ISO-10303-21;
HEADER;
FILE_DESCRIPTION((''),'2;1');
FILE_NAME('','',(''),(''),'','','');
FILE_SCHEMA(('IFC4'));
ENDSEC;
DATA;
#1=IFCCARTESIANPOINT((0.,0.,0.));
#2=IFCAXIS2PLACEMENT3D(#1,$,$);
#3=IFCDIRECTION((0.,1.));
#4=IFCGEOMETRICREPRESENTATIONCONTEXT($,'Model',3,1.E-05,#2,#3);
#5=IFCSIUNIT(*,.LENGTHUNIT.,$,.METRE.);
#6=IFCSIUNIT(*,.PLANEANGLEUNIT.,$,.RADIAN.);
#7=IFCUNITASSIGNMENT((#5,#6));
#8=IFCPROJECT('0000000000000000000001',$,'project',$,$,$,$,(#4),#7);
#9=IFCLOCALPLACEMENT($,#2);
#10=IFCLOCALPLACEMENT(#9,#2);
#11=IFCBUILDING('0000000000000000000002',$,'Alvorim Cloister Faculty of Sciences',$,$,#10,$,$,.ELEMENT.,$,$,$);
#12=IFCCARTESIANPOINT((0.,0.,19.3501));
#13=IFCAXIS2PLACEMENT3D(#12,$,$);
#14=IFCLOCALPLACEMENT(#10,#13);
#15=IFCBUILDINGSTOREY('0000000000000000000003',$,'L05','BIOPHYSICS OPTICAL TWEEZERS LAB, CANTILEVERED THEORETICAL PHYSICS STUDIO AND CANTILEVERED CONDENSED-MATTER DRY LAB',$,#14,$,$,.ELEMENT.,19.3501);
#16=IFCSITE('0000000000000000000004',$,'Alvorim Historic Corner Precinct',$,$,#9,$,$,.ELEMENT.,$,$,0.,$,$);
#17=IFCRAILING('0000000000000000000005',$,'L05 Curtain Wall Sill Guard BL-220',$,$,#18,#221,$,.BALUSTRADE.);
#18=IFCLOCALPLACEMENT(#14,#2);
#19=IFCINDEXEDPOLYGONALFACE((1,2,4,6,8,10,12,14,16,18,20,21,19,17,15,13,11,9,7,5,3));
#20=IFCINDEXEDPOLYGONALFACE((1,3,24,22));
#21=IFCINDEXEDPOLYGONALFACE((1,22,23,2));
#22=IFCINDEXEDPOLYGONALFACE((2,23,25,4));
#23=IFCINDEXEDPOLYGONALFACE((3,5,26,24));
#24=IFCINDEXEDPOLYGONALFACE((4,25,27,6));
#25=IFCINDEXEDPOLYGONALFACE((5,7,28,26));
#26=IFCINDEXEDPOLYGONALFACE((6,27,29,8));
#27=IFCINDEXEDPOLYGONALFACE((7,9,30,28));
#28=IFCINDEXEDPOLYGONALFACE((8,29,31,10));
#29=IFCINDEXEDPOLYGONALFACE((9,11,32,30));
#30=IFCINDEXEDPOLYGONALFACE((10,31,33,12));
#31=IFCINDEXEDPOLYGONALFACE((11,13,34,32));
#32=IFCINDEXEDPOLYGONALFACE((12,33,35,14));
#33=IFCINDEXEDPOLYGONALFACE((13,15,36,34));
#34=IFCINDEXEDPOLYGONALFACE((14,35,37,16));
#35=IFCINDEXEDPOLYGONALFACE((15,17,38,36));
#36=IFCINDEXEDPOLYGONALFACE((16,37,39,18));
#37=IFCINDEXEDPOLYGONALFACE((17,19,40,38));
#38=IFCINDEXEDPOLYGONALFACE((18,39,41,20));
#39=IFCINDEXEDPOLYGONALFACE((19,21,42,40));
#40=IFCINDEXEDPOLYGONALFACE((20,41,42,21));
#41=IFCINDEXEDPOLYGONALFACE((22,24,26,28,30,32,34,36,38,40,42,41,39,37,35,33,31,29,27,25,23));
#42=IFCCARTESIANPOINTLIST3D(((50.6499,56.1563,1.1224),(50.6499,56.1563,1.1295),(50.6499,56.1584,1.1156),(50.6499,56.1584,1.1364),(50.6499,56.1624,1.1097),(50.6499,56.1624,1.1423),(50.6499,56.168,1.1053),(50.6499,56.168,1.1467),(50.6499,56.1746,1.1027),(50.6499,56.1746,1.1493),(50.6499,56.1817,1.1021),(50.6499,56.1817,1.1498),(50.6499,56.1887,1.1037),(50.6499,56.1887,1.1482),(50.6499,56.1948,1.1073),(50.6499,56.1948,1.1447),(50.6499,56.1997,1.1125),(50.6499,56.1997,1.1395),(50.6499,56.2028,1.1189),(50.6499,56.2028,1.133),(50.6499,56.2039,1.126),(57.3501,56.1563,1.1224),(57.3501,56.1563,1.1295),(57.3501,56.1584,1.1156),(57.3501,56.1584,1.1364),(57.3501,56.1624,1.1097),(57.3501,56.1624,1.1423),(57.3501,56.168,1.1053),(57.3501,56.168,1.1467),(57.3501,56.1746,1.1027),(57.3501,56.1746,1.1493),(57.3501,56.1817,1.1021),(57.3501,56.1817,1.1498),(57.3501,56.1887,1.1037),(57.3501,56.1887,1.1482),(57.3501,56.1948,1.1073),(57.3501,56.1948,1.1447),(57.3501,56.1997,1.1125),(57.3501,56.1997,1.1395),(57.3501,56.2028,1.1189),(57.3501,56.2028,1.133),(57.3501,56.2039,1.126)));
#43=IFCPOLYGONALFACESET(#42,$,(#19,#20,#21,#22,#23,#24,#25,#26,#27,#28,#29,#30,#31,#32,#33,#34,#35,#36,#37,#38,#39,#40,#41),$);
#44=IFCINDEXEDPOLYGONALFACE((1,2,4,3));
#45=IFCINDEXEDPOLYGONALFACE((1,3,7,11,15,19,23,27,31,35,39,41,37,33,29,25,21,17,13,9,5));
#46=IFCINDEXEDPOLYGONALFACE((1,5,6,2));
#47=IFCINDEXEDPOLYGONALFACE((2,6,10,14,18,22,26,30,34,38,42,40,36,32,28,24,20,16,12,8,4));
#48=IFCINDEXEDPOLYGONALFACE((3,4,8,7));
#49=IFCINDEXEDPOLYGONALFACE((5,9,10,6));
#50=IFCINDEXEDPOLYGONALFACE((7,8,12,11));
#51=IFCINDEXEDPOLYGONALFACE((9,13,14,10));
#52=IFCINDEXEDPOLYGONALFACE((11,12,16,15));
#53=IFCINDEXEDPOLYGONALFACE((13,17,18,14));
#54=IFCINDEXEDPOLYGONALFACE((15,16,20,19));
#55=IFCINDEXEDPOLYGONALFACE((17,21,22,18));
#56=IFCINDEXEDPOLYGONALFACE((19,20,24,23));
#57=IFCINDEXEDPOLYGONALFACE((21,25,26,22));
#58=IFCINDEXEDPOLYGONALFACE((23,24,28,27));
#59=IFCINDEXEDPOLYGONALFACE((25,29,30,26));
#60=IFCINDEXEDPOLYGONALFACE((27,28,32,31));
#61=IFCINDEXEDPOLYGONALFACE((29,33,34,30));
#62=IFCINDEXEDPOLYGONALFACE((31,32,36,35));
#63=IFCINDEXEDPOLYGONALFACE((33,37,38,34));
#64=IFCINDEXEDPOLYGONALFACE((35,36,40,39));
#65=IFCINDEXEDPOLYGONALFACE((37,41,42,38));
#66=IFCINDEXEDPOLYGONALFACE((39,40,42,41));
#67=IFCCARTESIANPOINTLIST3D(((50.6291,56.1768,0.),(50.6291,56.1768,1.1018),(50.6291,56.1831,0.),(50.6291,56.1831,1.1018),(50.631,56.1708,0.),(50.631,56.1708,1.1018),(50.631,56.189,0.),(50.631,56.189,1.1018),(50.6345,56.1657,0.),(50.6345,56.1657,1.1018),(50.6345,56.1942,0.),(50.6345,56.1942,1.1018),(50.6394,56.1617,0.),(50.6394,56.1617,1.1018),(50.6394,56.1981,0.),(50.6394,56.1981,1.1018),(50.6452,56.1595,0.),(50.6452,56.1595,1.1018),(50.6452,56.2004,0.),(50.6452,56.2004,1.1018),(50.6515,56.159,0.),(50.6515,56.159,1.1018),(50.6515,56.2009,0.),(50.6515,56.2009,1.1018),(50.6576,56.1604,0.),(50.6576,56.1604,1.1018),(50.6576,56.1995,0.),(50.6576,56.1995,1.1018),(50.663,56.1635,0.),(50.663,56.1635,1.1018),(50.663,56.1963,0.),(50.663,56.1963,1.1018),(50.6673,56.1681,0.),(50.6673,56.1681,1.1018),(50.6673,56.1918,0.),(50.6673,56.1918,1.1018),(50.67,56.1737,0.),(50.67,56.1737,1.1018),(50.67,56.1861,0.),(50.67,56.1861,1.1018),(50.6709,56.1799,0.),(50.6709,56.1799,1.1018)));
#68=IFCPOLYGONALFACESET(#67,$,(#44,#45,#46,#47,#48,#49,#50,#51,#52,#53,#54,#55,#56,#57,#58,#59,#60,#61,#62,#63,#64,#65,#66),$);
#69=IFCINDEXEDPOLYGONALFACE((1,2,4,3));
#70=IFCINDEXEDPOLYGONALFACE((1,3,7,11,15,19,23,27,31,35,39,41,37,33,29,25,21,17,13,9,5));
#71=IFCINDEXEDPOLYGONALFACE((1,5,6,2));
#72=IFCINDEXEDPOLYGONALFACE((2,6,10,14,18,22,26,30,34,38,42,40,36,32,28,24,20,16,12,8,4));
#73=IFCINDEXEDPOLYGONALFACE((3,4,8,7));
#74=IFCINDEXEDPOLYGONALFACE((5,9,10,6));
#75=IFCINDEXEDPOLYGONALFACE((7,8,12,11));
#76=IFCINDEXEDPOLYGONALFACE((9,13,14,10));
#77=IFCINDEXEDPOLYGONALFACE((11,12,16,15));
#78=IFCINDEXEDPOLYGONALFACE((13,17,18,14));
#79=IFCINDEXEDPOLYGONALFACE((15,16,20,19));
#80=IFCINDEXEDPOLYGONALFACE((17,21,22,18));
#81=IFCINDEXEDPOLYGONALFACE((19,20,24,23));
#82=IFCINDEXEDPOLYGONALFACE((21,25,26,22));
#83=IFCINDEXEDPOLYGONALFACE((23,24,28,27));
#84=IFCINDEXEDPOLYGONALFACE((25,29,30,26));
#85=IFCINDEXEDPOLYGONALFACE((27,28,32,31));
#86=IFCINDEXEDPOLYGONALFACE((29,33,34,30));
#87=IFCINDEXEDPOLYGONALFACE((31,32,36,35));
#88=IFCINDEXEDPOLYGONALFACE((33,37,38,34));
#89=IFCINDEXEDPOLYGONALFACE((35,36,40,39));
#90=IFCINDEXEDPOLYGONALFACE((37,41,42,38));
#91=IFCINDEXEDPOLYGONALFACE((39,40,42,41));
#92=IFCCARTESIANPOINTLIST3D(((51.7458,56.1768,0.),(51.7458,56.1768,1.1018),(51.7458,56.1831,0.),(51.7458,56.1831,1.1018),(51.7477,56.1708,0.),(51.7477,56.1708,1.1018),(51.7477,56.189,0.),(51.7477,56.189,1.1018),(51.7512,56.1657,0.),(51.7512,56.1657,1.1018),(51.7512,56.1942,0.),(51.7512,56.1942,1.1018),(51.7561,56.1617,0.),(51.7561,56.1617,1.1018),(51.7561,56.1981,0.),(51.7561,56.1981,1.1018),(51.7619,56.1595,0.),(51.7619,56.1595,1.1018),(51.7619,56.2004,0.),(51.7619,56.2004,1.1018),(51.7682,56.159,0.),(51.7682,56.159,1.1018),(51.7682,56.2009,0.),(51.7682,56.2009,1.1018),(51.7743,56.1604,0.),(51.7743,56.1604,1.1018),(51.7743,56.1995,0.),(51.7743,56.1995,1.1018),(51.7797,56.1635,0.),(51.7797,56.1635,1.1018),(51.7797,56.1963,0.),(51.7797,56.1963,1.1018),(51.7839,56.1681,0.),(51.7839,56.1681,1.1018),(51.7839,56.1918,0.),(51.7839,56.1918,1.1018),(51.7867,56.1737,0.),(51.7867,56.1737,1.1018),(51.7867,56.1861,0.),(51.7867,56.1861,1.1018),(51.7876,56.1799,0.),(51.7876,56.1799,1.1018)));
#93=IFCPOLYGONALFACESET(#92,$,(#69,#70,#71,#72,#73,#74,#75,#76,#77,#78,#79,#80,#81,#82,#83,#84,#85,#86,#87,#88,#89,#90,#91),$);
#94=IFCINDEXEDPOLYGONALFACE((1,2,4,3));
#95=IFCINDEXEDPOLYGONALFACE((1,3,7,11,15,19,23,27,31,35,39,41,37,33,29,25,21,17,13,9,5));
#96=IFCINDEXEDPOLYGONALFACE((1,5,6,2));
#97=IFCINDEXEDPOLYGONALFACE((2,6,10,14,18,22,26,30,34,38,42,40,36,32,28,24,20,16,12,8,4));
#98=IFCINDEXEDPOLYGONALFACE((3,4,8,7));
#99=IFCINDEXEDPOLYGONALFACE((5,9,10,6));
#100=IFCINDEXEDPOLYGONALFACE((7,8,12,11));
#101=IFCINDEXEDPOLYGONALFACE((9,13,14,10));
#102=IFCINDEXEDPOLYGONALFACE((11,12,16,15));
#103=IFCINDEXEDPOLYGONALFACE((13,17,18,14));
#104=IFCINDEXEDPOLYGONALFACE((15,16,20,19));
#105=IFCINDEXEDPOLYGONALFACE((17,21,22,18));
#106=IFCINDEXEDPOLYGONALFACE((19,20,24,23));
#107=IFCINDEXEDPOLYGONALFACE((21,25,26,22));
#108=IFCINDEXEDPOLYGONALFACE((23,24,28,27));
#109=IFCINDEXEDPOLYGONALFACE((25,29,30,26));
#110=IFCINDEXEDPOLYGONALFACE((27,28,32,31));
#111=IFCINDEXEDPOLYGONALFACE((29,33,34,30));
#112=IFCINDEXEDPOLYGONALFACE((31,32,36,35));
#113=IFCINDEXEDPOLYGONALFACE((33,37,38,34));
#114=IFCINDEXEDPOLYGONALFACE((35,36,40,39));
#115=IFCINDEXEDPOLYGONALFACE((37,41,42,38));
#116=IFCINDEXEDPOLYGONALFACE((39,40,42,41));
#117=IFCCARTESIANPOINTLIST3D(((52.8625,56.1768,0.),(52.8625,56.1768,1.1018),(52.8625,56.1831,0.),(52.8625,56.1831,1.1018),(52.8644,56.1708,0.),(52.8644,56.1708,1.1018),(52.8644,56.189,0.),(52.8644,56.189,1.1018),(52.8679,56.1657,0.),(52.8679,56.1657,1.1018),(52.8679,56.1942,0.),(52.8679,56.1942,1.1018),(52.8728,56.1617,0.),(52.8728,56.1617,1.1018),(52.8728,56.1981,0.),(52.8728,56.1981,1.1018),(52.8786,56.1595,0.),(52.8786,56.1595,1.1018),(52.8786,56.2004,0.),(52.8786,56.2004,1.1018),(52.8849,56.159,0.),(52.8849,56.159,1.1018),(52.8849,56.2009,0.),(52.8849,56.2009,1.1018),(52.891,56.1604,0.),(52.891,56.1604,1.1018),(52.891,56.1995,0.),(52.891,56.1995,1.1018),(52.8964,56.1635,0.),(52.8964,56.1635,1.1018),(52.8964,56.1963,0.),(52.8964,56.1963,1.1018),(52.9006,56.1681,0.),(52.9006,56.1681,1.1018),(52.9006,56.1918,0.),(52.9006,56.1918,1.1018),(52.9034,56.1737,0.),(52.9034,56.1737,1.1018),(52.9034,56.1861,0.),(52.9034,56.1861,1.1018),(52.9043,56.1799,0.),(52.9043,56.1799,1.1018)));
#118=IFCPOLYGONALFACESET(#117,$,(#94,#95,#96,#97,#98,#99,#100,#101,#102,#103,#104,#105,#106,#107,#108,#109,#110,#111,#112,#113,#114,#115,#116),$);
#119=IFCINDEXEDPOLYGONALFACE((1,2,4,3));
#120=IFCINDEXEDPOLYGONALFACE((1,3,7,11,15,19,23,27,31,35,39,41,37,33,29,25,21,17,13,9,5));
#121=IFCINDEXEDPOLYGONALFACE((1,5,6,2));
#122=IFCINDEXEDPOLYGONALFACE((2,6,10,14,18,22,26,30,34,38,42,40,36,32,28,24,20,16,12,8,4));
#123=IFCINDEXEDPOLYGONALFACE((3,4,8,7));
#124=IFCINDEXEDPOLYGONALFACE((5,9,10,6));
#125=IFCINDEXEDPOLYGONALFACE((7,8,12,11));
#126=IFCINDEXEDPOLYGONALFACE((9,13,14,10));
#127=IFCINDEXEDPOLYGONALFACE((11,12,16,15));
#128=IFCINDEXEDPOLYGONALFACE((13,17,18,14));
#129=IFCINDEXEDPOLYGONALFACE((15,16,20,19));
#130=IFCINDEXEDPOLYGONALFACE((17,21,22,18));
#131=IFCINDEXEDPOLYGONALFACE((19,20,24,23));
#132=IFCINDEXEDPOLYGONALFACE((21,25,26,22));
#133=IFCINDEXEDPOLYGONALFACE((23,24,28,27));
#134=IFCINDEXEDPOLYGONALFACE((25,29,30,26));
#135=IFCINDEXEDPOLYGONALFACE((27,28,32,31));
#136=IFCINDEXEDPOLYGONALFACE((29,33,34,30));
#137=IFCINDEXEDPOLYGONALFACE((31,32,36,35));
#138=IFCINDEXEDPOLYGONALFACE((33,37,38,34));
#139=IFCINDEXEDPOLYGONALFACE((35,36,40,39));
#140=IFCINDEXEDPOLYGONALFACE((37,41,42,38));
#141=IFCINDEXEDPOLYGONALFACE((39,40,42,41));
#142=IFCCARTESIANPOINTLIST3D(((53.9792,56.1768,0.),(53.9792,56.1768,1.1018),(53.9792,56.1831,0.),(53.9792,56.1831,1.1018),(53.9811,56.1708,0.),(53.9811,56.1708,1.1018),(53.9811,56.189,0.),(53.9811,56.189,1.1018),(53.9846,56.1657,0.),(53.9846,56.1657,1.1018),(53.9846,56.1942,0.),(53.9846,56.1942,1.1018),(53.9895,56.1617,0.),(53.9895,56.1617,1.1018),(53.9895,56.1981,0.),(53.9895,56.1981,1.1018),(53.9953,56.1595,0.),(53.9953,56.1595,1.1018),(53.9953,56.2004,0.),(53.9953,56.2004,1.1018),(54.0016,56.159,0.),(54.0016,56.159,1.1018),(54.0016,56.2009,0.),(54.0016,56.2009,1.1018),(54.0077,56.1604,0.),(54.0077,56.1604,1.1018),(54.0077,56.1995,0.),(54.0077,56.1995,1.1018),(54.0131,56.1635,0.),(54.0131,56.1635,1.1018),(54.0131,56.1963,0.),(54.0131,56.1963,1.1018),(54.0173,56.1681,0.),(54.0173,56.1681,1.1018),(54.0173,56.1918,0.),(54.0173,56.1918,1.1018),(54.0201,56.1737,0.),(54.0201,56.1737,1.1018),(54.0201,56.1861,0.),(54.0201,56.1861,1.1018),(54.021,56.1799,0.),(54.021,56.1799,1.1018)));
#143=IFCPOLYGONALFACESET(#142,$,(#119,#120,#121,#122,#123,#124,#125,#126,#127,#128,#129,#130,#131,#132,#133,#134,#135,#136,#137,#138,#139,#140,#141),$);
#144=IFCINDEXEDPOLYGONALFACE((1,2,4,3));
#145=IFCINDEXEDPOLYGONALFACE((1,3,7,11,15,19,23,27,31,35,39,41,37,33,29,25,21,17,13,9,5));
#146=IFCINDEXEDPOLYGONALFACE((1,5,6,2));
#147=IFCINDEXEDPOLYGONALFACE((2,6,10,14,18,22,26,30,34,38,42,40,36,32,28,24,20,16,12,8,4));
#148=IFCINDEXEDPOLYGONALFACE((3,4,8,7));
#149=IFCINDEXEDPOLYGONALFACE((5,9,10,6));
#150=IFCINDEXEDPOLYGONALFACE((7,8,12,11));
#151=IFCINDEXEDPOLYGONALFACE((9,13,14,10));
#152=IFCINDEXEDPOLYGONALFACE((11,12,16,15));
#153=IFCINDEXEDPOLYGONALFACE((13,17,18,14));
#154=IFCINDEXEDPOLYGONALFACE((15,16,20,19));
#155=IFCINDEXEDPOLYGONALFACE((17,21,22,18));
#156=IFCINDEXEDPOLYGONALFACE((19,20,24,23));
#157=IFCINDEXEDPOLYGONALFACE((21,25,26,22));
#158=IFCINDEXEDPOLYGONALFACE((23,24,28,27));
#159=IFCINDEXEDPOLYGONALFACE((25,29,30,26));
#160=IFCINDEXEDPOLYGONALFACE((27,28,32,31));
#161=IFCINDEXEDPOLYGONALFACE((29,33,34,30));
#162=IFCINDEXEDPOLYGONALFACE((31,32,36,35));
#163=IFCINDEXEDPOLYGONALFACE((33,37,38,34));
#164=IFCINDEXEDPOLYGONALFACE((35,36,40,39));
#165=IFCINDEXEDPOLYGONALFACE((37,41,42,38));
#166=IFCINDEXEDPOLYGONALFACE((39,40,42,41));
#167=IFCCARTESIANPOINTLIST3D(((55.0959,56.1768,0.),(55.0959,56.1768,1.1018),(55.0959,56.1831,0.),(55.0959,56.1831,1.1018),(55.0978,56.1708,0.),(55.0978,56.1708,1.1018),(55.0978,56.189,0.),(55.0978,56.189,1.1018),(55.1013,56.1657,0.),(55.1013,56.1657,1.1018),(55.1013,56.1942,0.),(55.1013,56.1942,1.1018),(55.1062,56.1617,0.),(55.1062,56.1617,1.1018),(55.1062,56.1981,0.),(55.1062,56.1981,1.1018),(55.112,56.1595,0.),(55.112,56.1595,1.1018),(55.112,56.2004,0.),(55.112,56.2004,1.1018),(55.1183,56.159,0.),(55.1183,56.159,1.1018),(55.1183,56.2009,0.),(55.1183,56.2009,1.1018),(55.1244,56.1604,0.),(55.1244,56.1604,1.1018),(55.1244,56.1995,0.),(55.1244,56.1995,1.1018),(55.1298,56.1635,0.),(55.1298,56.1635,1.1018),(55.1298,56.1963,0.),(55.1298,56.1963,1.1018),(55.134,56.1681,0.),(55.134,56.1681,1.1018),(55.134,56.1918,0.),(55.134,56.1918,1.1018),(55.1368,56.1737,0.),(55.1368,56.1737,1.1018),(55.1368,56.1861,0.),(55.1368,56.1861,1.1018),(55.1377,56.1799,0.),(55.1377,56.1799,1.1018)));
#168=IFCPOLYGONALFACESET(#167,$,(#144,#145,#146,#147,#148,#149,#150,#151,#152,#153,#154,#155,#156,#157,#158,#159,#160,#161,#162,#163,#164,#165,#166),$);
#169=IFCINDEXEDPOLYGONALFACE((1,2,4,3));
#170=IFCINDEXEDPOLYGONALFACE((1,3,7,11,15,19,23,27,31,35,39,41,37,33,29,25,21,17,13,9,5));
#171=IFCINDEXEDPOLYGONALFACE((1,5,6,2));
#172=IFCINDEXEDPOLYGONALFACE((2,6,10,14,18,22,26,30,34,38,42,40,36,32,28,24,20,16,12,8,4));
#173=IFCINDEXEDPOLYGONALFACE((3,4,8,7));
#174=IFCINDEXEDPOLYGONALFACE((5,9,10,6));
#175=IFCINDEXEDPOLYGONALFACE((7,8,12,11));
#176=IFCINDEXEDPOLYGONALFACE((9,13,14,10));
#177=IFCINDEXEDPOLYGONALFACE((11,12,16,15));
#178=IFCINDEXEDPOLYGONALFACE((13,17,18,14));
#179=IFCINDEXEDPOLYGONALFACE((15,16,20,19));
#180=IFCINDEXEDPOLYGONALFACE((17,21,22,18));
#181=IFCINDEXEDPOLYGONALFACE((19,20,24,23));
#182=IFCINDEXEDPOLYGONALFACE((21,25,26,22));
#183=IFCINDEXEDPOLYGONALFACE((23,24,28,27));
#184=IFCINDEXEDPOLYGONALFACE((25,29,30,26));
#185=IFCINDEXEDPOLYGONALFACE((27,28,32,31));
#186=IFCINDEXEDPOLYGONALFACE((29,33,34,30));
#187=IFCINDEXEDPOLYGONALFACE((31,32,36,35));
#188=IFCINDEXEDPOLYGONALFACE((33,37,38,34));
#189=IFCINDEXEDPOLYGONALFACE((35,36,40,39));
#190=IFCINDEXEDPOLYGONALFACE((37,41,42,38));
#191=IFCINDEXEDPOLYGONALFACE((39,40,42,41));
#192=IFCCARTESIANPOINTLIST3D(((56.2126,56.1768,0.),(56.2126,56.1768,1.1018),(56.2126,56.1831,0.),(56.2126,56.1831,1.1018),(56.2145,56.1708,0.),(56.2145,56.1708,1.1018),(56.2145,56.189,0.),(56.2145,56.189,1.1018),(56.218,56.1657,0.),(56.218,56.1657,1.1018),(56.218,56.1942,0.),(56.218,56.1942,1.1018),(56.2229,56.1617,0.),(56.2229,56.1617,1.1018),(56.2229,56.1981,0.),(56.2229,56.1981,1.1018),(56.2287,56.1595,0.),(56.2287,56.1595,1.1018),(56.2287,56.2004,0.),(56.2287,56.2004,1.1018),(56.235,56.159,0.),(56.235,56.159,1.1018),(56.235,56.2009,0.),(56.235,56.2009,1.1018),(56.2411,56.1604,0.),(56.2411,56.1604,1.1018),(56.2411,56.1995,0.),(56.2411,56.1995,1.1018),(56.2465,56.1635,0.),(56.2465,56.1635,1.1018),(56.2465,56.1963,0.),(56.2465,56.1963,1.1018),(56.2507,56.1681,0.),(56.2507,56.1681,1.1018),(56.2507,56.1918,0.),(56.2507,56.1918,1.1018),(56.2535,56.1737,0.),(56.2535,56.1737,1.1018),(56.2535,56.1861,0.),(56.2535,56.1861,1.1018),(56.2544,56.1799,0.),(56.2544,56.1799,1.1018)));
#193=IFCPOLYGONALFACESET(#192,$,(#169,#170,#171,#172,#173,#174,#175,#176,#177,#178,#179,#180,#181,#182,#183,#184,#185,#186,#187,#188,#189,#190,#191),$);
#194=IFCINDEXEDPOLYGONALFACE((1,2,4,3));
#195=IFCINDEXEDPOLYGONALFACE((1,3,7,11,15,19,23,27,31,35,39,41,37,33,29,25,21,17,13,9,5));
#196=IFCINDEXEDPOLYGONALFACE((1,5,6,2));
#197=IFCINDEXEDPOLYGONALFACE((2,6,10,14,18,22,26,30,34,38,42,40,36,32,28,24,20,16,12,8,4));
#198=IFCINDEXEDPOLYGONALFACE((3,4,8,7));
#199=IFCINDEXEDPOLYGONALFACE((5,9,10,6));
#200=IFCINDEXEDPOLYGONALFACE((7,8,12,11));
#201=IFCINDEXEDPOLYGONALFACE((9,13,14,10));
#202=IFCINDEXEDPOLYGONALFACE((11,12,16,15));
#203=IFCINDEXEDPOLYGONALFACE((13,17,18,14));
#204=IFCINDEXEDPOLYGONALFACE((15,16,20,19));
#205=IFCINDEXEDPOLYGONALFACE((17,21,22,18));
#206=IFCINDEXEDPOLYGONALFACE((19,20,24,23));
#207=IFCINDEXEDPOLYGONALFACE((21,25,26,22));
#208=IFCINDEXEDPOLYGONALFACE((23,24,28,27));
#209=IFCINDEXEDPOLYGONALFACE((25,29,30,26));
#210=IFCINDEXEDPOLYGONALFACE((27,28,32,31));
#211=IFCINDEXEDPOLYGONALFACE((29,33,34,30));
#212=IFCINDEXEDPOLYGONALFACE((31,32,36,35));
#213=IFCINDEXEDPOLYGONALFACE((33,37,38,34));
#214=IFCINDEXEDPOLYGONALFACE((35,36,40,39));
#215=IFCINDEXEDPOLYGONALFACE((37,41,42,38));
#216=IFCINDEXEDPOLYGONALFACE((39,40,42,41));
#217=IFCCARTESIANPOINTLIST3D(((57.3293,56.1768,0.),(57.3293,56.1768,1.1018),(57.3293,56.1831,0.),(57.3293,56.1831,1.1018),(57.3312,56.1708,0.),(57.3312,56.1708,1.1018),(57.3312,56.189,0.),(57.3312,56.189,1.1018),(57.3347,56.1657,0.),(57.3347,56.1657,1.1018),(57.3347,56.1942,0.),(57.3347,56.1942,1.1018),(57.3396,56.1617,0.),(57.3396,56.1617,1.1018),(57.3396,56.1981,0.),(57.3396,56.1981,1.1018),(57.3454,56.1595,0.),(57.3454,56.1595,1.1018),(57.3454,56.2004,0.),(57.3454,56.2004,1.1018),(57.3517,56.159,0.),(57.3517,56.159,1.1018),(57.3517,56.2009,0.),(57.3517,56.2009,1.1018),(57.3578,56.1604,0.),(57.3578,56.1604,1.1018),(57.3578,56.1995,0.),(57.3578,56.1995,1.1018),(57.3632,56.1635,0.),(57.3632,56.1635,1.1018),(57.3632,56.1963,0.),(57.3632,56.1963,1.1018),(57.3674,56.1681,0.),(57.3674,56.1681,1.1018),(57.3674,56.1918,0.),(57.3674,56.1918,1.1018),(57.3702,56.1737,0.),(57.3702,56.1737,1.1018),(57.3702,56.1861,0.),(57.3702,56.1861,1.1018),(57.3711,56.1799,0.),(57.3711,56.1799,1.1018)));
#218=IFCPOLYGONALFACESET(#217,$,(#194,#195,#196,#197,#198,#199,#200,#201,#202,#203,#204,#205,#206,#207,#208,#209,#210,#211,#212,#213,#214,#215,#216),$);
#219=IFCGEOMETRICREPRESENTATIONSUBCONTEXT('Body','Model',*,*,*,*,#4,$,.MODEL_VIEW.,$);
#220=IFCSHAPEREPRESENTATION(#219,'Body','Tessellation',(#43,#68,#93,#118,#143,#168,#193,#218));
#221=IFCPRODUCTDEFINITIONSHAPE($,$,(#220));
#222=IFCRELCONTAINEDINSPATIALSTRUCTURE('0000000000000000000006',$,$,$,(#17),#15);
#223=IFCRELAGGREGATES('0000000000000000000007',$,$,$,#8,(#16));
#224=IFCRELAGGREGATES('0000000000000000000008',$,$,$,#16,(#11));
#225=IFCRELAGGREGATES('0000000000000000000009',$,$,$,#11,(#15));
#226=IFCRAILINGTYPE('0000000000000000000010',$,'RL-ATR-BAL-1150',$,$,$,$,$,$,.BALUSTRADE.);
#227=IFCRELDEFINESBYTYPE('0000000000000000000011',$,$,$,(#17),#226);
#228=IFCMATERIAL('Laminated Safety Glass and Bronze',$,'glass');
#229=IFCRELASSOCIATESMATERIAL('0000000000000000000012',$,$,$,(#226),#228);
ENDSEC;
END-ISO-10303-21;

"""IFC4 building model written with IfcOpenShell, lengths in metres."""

from ifc_helpers import new_model, si_unit, direction, frame, origin, origin_2d, place, context, subcontext, project, spatial, circle, extrude, material, type_object, element, save


model = new_model("IFC4")

# Units and contexts
model_context = context("Model", 3, precision=1e-05, world=origin(), true_north=direction((0.0, 1.0)))
body_context = subcontext(model_context, "Body", "Model", "MODEL_VIEW")
ifc_project = project(units=[si_unit("LENGTHUNIT", "METRE"), si_unit("PLANEANGLEUNIT", "RADIAN")], contexts=[model_context])

# Site, building, storey
site_placement = place(None, origin())
site = spatial("IfcSite", under=ifc_project, at=site_placement, Name="Alvorim Historic Corner Precinct", CompositionType="ELEMENT", RefElevation=0.0)
building_placement = place(site_placement, origin())
building = spatial("IfcBuilding", under=site, at=building_placement, Name="Alvorim Cloister Faculty of Sciences", CompositionType="ELEMENT")
storey_placement = place(building_placement, frame((0.0, 0.0, 19.3501)))
storey = spatial("IfcBuildingStorey", under=building, at=storey_placement, Name="L05", Description="BIOPHYSICS OPTICAL TWEEZERS LAB, CANTILEVERED THEORETICAL PHYSICS STUDIO AND CANTILEVERED CONDENSED-MATTER DRY LAB", CompositionType="ELEMENT", Elevation=19.3501)

# Railing
ifc_material_1 = material(Name="Laminated Safety Glass and Bronze", Category="glass")
railing_type = type_object("IfcRailingType", Name="RL-ATR-BAL-1150", PredefinedType="BALUSTRADE", material=ifc_material_1)
railing_placement = place(storey_placement, frame((50.6499, 56.1799, 0.0)))
element("IfcRailing", 1, at=railing_placement, inside=storey, type_object=railing_type, Name="L05 Curtain Wall Sill Guard BL-220", PredefinedType="BALUSTRADE", context=body_context, shape_type="SweptSolid", body=[
    extrude(circle(Radius=0.0239, at=origin_2d()), frame((0.0, 0.0, 1.126), z_axis=(1.0, 0.0, 0.0), x_axis=(0.0, 1.0, 0.0)), (0.0, 0.0, 1.0), 6.7002),
    extrude(circle(Radius=0.021, at=origin_2d()), origin(), (0.0, 0.0, 1.0), 1.1018),
    extrude(circle(Radius=0.021, at=origin_2d()), frame((1.1167, 0.0, 0.0)), (0.0, 0.0, 1.0), 1.1018),
    extrude(circle(Radius=0.021, at=origin_2d()), frame((2.2334, 0.0, 0.0)), (0.0, 0.0, 1.0), 1.1018),
    extrude(circle(Radius=0.021, at=origin_2d()), frame((3.3501, 0.0, 0.0)), (0.0, 0.0, 1.0), 1.1018),
    extrude(circle(Radius=0.021, at=origin_2d()), frame((4.4668, 0.0, 0.0)), (0.0, 0.0, 1.0), 1.1018),
    extrude(circle(Radius=0.021, at=origin_2d()), frame((5.5835, 0.0, 0.0)), (0.0, 0.0, 1.0), 1.1018),
    extrude(circle(Radius=0.021, at=origin_2d()), frame((6.7002, 0.0, 0.0)), (0.0, 0.0, 1.0), 1.1018),
])

save(model, "model.ifc")
